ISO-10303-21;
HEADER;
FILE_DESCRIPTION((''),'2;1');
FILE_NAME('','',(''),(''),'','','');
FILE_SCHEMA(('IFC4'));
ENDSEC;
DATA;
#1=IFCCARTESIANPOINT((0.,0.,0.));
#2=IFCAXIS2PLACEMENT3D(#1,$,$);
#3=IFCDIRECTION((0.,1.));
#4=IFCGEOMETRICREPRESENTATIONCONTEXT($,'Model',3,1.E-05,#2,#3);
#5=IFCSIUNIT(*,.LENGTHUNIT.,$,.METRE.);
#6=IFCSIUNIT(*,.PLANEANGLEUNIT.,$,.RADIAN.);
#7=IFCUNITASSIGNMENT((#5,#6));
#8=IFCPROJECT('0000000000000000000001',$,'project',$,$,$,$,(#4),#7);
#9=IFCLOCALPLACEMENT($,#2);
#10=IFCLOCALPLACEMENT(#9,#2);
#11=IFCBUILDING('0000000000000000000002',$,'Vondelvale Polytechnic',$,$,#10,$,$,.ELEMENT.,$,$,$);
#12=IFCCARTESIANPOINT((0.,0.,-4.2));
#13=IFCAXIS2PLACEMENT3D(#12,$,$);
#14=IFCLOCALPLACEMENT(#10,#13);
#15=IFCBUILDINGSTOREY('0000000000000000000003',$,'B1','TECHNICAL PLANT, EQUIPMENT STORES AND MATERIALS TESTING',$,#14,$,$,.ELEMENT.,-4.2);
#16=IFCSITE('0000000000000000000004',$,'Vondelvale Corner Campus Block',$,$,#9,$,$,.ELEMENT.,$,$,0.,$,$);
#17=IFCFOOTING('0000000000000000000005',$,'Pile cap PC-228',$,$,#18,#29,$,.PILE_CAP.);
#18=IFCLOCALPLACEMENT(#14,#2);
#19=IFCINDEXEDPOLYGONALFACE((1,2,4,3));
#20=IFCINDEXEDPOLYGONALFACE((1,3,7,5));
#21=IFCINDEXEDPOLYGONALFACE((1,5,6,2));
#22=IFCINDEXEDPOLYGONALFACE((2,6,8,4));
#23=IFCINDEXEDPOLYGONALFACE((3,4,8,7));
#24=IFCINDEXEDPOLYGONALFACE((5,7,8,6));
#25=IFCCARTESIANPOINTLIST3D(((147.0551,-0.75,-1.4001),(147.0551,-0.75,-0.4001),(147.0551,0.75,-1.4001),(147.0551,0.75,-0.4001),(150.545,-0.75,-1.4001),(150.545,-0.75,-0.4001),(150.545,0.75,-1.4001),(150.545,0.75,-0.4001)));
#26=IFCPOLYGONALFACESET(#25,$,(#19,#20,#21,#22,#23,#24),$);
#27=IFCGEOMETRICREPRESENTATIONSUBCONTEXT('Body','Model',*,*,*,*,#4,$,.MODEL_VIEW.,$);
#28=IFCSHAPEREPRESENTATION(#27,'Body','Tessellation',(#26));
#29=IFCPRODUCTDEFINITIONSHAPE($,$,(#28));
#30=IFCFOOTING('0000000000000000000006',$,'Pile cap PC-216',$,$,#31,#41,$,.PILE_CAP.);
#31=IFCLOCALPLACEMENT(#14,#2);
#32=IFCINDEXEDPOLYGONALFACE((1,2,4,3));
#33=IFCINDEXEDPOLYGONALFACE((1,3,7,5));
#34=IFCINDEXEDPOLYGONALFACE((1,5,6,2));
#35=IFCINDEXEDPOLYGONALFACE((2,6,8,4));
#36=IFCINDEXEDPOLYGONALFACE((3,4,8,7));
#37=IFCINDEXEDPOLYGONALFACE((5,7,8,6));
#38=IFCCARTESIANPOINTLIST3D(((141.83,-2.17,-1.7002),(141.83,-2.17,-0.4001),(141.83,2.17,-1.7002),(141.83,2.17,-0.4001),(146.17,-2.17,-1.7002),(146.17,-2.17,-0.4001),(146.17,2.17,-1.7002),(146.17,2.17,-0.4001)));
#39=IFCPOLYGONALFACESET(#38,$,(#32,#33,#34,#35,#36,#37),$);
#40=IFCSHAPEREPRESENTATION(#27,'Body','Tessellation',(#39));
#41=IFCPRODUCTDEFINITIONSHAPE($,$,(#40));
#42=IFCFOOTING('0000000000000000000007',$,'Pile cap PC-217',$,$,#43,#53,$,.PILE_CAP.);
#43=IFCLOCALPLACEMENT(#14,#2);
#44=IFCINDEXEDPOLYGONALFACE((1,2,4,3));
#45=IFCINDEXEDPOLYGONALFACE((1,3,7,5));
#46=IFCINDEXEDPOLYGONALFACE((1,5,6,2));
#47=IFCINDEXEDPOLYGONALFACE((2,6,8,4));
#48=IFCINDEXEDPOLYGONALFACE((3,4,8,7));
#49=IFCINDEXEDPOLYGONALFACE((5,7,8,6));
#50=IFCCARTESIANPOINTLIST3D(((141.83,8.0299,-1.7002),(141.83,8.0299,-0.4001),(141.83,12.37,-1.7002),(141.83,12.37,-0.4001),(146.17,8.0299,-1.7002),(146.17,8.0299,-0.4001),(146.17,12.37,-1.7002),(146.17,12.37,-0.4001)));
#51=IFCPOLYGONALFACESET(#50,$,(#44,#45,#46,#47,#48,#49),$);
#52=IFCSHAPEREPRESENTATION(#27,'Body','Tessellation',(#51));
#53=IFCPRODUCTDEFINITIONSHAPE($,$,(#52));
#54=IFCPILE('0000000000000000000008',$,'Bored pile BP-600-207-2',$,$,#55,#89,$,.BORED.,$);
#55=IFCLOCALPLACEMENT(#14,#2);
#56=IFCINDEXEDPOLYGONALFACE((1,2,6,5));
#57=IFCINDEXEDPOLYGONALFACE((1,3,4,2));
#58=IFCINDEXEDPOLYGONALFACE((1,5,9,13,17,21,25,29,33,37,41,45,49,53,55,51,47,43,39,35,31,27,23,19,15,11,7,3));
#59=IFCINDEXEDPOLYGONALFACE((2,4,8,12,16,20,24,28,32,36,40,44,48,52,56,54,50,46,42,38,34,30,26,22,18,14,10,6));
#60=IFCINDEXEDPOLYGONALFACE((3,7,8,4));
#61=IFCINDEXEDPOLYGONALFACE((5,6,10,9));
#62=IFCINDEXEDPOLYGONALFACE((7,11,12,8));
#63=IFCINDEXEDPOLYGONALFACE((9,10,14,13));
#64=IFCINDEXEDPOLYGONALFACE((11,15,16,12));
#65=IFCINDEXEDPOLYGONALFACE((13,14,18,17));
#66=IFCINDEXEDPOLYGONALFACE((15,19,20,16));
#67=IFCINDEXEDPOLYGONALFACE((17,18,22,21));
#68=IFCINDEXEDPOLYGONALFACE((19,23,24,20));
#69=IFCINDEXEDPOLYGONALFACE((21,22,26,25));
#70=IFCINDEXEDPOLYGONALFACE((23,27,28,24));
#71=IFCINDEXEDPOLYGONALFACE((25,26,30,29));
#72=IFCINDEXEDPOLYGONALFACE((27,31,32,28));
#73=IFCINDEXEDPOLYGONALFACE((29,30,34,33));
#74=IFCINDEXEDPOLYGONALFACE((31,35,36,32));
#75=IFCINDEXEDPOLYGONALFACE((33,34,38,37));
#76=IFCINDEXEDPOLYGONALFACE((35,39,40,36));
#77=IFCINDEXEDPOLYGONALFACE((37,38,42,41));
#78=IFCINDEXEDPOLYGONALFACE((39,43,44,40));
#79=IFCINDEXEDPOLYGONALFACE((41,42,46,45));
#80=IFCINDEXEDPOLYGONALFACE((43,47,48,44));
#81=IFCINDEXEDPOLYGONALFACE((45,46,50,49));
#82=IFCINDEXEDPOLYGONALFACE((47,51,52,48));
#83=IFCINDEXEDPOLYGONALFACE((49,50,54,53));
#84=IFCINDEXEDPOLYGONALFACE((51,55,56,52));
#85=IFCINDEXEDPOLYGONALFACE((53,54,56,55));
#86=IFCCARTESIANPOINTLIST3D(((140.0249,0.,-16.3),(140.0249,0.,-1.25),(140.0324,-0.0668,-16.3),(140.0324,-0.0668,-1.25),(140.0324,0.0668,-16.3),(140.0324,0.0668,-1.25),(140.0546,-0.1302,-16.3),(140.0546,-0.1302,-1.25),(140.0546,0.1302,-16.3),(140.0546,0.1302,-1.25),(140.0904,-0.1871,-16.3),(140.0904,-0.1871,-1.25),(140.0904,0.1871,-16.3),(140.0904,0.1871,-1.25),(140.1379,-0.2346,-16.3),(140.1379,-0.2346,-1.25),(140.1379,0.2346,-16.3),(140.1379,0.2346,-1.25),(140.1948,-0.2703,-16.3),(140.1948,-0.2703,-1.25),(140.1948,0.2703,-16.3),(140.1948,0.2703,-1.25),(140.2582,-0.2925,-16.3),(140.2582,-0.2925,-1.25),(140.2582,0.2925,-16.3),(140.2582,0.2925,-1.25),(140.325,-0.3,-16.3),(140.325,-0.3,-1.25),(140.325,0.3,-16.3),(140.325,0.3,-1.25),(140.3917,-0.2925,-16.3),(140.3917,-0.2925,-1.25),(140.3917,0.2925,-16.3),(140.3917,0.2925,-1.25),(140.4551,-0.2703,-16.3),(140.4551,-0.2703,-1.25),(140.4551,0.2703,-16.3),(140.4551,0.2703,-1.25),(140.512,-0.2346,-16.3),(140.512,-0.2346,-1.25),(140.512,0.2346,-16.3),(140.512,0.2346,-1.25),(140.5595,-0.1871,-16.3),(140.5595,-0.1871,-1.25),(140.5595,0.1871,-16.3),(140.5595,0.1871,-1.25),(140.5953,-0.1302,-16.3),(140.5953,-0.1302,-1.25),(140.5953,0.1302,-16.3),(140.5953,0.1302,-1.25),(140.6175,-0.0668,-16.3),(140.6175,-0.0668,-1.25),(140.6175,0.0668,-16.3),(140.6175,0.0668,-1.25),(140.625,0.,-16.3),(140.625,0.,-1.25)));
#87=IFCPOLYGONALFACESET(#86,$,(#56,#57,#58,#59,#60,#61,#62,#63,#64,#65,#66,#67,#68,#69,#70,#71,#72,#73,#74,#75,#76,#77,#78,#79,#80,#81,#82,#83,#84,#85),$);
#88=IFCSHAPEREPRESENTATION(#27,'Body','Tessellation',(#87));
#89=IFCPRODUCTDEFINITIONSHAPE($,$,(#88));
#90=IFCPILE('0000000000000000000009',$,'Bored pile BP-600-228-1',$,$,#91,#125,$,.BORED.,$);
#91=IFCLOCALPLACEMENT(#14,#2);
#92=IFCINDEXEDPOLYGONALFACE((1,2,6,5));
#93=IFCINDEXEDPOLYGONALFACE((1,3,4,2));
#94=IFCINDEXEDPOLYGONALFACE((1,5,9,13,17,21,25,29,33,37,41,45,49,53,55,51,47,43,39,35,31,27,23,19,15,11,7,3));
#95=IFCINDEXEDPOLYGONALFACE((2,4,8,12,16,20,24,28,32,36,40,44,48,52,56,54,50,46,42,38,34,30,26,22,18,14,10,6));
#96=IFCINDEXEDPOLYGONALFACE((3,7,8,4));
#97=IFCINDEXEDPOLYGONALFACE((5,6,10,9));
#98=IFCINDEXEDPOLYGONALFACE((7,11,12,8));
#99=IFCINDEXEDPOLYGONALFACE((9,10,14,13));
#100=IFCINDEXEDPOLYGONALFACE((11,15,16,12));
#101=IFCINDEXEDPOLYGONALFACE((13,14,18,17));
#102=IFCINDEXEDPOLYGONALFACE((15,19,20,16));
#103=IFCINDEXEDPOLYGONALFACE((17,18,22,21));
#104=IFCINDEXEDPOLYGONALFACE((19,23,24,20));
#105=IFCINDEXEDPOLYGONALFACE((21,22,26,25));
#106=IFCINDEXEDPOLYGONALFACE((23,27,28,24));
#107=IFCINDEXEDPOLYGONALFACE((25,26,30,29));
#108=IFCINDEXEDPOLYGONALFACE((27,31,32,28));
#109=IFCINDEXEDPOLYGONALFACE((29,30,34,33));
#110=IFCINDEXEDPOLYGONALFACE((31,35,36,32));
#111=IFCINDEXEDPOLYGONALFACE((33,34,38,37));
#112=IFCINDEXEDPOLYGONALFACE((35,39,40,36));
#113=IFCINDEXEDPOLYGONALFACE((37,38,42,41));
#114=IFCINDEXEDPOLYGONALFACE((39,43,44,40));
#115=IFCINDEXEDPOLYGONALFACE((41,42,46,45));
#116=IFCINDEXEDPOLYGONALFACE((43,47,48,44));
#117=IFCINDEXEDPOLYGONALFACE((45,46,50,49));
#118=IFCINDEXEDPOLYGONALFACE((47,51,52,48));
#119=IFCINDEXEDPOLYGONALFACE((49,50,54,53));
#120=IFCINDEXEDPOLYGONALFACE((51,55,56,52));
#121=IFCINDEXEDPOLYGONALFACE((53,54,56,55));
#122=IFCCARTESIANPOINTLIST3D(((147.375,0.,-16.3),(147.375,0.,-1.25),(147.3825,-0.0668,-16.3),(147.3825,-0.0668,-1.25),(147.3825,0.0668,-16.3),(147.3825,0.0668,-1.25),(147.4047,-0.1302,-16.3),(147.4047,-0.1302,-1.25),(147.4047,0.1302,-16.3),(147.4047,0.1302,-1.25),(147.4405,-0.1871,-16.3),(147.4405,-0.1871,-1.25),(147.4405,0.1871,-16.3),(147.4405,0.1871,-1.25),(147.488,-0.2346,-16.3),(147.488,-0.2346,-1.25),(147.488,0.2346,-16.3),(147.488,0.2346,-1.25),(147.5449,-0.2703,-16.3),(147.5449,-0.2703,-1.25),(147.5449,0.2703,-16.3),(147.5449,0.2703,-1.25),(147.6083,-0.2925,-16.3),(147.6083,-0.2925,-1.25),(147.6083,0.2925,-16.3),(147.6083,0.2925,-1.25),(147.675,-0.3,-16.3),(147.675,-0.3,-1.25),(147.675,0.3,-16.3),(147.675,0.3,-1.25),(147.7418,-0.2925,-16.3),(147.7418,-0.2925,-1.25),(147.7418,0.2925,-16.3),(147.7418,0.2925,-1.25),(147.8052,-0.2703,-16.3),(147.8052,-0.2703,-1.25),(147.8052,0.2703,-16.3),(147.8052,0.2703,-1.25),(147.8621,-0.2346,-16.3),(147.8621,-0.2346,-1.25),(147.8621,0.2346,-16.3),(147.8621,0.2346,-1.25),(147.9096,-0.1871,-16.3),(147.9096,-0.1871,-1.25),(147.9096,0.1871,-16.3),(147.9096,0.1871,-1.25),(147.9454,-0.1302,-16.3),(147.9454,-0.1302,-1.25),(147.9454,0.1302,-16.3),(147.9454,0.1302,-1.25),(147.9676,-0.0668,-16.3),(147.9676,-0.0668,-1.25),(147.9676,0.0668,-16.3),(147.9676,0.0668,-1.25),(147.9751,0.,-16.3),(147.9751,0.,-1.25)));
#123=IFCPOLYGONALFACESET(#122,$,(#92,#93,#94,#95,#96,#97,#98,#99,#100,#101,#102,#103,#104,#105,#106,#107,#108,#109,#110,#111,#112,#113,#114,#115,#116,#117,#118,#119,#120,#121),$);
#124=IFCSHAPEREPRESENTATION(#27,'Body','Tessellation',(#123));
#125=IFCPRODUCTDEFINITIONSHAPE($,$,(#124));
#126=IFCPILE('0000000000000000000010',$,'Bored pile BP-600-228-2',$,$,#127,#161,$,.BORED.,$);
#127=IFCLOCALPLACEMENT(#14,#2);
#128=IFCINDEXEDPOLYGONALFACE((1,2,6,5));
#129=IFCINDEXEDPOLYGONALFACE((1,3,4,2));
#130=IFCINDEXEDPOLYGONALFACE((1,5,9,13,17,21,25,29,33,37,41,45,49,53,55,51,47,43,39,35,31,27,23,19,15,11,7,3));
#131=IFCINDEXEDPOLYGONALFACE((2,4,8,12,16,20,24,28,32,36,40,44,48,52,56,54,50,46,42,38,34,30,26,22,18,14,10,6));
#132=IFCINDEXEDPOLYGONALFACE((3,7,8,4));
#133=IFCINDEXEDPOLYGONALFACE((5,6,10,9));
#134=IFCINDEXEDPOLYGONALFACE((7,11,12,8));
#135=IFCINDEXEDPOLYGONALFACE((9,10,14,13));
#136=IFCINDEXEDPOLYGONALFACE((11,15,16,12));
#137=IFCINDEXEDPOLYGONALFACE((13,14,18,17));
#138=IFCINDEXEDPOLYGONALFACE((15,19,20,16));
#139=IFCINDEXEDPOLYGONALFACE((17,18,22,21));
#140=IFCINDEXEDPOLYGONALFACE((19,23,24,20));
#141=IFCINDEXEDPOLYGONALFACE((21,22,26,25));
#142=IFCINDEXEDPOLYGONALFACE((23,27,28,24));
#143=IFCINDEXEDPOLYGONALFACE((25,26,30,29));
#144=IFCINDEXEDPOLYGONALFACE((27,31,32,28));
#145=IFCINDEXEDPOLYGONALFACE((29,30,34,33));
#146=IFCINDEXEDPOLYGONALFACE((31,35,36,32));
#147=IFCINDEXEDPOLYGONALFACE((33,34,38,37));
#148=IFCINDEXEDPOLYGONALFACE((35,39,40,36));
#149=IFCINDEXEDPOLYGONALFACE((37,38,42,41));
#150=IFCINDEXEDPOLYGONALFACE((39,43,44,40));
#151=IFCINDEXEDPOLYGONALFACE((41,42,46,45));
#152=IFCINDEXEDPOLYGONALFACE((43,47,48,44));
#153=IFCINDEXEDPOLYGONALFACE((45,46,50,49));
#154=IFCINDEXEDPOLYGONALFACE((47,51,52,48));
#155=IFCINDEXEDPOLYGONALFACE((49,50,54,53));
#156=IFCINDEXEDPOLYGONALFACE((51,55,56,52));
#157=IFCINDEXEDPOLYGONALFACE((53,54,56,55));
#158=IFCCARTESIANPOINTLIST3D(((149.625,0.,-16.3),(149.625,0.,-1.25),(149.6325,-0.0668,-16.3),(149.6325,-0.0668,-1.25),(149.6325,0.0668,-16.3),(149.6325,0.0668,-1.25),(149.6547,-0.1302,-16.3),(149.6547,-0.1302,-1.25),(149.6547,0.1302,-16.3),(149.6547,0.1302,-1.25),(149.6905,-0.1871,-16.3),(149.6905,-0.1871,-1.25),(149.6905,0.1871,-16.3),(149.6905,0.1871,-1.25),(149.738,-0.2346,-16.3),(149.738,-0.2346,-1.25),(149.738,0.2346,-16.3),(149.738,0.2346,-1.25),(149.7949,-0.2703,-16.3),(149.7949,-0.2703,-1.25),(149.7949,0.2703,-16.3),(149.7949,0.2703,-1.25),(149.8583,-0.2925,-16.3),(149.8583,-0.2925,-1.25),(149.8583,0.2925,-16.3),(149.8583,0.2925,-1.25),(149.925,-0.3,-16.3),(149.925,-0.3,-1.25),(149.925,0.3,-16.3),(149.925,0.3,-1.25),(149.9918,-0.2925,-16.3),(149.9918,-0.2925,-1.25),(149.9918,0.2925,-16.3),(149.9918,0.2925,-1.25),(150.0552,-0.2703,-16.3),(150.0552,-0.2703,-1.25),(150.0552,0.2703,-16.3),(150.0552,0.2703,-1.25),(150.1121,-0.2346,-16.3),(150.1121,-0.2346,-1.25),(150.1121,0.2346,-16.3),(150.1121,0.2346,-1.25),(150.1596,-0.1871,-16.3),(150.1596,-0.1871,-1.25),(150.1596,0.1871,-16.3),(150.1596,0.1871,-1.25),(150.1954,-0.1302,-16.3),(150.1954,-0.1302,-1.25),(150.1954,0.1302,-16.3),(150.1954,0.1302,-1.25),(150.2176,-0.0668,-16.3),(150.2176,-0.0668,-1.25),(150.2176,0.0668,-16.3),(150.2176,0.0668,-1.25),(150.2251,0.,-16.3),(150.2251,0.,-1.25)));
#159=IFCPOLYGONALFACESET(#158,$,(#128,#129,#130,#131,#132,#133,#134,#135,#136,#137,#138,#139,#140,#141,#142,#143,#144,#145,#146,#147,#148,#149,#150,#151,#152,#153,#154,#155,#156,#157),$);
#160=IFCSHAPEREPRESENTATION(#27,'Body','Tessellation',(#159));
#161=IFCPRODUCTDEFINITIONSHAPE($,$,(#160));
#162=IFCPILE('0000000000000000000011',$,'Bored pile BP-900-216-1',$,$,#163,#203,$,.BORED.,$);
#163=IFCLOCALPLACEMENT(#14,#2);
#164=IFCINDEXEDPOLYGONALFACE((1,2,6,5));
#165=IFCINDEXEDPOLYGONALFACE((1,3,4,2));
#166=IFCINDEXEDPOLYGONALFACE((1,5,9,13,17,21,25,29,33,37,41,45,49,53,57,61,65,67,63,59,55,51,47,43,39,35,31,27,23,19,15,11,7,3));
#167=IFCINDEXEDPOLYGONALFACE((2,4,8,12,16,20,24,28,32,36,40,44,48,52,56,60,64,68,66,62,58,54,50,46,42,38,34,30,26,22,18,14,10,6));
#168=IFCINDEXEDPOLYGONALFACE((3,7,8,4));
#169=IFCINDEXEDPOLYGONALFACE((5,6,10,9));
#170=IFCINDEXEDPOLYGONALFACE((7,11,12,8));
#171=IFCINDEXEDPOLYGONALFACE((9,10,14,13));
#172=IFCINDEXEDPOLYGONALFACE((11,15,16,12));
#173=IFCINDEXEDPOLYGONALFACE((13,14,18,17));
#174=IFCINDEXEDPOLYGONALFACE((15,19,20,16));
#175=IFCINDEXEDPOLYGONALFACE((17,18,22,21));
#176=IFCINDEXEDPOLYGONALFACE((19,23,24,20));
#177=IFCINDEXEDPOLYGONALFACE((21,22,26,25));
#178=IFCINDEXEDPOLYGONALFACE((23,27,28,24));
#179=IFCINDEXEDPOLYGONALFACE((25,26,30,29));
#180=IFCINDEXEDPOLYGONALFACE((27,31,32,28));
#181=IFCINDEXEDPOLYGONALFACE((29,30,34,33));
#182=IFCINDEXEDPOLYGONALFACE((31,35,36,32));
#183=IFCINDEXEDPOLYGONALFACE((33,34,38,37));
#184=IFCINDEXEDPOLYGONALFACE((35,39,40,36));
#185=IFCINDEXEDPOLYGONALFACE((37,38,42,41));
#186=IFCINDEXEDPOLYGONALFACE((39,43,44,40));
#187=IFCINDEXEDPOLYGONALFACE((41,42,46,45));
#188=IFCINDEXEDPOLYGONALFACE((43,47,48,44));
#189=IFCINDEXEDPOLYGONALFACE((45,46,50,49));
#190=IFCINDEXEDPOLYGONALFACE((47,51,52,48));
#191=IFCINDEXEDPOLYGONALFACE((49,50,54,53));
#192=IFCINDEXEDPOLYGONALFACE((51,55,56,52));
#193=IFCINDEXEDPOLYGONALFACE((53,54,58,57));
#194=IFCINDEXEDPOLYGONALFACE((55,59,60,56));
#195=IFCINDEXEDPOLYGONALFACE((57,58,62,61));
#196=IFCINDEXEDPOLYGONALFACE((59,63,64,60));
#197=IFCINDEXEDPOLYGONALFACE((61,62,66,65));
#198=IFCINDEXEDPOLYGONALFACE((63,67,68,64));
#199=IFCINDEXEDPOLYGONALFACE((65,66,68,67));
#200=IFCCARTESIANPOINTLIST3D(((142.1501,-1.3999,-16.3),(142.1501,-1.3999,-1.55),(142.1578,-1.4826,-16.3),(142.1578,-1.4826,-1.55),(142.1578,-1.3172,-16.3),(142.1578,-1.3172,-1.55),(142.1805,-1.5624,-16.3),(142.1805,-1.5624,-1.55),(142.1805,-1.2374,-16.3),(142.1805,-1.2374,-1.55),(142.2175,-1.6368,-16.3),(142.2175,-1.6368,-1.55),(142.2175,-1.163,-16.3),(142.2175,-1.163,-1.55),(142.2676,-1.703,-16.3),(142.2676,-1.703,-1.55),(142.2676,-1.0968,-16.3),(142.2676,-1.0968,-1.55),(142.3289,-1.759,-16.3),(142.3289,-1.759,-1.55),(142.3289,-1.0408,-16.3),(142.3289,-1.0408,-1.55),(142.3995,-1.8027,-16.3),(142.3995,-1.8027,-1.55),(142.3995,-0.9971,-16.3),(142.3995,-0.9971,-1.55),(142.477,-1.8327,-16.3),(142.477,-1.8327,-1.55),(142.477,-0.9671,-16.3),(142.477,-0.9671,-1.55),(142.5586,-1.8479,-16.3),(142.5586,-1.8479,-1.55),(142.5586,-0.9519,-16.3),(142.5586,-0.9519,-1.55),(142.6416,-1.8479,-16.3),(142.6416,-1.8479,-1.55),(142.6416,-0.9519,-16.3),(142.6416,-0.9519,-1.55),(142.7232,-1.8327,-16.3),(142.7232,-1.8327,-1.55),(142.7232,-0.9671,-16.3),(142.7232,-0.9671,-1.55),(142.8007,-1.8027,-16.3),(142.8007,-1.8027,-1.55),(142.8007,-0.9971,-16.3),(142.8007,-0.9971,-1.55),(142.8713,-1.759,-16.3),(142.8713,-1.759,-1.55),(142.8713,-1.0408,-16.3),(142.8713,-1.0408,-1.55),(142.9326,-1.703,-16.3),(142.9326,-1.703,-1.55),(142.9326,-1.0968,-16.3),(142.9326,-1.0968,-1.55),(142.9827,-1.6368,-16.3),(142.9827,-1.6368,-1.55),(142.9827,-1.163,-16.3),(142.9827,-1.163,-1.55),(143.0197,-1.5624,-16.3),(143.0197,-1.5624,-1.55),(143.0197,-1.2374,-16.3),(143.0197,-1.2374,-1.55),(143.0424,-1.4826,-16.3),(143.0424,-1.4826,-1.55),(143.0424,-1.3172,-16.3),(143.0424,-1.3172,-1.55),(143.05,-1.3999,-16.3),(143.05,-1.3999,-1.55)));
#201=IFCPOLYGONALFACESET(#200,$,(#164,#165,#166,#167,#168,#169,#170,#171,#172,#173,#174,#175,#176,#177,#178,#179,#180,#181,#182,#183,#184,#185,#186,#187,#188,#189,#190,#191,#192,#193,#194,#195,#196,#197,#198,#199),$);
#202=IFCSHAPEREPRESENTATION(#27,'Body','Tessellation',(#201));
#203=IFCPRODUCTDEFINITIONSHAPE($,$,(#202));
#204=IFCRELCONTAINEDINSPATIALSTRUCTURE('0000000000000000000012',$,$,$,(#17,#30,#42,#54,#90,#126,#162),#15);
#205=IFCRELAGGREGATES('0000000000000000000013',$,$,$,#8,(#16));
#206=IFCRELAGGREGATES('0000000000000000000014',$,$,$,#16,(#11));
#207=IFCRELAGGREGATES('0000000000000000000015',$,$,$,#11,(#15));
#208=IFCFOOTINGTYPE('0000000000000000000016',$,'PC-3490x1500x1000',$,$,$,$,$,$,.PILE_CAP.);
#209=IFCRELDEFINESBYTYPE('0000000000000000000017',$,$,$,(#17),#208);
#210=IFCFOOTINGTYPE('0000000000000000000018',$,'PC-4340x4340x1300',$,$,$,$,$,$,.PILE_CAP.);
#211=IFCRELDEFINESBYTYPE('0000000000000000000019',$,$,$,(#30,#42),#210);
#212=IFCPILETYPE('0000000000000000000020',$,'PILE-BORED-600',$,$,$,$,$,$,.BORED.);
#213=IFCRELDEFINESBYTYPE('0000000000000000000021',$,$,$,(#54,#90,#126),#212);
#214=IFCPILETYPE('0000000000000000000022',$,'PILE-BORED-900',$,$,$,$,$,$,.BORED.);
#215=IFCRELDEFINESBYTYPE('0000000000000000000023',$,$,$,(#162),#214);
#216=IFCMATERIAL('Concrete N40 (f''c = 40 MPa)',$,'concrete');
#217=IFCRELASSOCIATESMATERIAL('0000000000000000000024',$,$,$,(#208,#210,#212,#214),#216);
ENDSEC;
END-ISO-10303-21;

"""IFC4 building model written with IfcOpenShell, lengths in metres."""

from ifc_helpers import new_model, si_unit, direction, frame, origin, origin_2d, place, context, subcontext, project, spatial, rectangle, circle, extrude, material, material_profile, profile_set, type_object, element, save


model = new_model("IFC4")

# Units and contexts
model_context = context("Model", 3, precision=1e-05, world=origin(), true_north=direction((0.0, 1.0)))
body_context = subcontext(model_context, "Body", "Model", "MODEL_VIEW")
ifc_project = project(units=[si_unit("LENGTHUNIT", "METRE"), si_unit("PLANEANGLEUNIT", "RADIAN")], contexts=[model_context])

# Site, building, storey
site_placement = place(None, origin())
site = spatial("IfcSite", under=ifc_project, at=site_placement, Name="Vondelvale Corner Campus Block", CompositionType="ELEMENT", RefElevation=0.0)
building_placement = place(site_placement, origin())
building = spatial("IfcBuilding", under=site, at=building_placement, Name="Vondelvale Polytechnic", CompositionType="ELEMENT")
storey_placement = place(building_placement, frame((0.0, 0.0, -4.2)))
storey = spatial("IfcBuildingStorey", under=building, at=storey_placement, Name="B1", Description="TECHNICAL PLANT, EQUIPMENT STORES AND MATERIALS TESTING", CompositionType="ELEMENT", Elevation=-4.2)

# Footings
ifc_material_1 = material(Name="Concrete N40 (f'c = 40 MPa)", Category="concrete")
footing_type_1 = type_object("IfcFootingType", Name="PC-3490x1500x1000", PredefinedType="PILE_CAP", material=ifc_material_1)
footing_placement = place(storey_placement, frame((148.8, 0.0, -1.4001), z_axis=(0.0, 0.0, 1.0), x_axis=(1.0, 0.0, 0.0)))
element("IfcFooting", 1, at=footing_placement, inside=storey, type_object=footing_type_1, Name="Pile cap PC-228", PredefinedType="PILE_CAP", context=body_context, shape_type="SweptSolid", body=[
    extrude(rectangle(XDim=3.49, YDim=1.5, at=origin_2d()), origin(), (0.0, 0.0, 1.0), 1.0),
])
footing_type_2 = type_object("IfcFootingType", Name="PC-4340x4340x1300", PredefinedType="PILE_CAP", material=ifc_material_1)
for number, where, z_axis, x_axis, name in (
    (2, (144.0, 0.0, -1.7002), (0.0, 0.0, 1.0), (1.0, 0.0, 0.0), "Pile cap PC-216"),
    (3, (144.0, 10.2, -1.7002), (0.0, 0.0, 1.0), (1.0, 0.0, 0.0), "Pile cap PC-217"),
):
    element("IfcFooting", number, at=place(storey_placement, frame(where, z_axis=z_axis, x_axis=x_axis)), inside=storey, type_object=footing_type_2, Name=name, PredefinedType="PILE_CAP", context=body_context, shape_type="SweptSolid", body=[
        extrude(rectangle(XDim=4.3401, YDim=4.3401, at=origin_2d()), origin(), (0.0, 0.0, 1.0), 1.3),
    ])

# Piles
ifc_material_profile_1 = material_profile(ifc_material_1, circle(Radius=0.3, at=origin_2d()), Name="PILE-D600")
ifc_profile_set_1 = profile_set([ifc_material_profile_1], Name="Concrete N40 (f'c = 40 MPa)")
pile_type_1 = type_object("IfcPileType", Name="PILE-BORED-600", PredefinedType="BORED", material=ifc_profile_set_1)
for number, where, z_axis, x_axis, name in (
    (4, (140.325, 0.0, -1.25), (0.0, 0.0, -1.0), (1.0, 0.0, 0.0), "Bored pile BP-600-207-2"),
    (5, (147.675, 0.0, -1.25), (0.0, 0.0, -1.0), (1.0, 0.0, 0.0), "Bored pile BP-600-228-1"),
    (6, (149.925, 0.0, -1.25), (0.0, 0.0, -1.0), (1.0, 0.0, 0.0), "Bored pile BP-600-228-2"),
):
    element("IfcPile", number, at=place(storey_placement, frame(where, z_axis=z_axis, x_axis=x_axis)), inside=storey, type_object=pile_type_1, Name=name, PredefinedType="BORED", context=body_context, shape_type="SweptSolid", body=[
        extrude(circle(Radius=0.3, at=origin_2d()), origin(), (0.0, 0.0, 1.0), 15.05),
    ])
ifc_material_profile_2 = material_profile(ifc_material_1, circle(Radius=0.45, at=origin_2d()), Name="PILE-D900")
ifc_profile_set_2 = profile_set([ifc_material_profile_2], Name="Concrete N40 (f'c = 40 MPa)")
pile_type_2 = type_object("IfcPileType", Name="PILE-BORED-900", PredefinedType="BORED", material=ifc_profile_set_2)
for number, where, z_axis, x_axis, name in (
    (7, (142.6001, -1.3999, -1.55), (0.0, 0.0, -1.0), (1.0, 0.0, 0.0), "Bored pile BP-900-216-1"),
):
    element("IfcPile", number, at=place(storey_placement, frame(where, z_axis=z_axis, x_axis=x_axis)), inside=storey, type_object=pile_type_2, Name=name, PredefinedType="BORED", context=body_context, shape_type="SweptSolid", body=[
        extrude(circle(Radius=0.45, at=origin_2d()), origin(), (0.0, 0.0, 1.0), 14.75),
    ])

save(model, "model.ifc")
